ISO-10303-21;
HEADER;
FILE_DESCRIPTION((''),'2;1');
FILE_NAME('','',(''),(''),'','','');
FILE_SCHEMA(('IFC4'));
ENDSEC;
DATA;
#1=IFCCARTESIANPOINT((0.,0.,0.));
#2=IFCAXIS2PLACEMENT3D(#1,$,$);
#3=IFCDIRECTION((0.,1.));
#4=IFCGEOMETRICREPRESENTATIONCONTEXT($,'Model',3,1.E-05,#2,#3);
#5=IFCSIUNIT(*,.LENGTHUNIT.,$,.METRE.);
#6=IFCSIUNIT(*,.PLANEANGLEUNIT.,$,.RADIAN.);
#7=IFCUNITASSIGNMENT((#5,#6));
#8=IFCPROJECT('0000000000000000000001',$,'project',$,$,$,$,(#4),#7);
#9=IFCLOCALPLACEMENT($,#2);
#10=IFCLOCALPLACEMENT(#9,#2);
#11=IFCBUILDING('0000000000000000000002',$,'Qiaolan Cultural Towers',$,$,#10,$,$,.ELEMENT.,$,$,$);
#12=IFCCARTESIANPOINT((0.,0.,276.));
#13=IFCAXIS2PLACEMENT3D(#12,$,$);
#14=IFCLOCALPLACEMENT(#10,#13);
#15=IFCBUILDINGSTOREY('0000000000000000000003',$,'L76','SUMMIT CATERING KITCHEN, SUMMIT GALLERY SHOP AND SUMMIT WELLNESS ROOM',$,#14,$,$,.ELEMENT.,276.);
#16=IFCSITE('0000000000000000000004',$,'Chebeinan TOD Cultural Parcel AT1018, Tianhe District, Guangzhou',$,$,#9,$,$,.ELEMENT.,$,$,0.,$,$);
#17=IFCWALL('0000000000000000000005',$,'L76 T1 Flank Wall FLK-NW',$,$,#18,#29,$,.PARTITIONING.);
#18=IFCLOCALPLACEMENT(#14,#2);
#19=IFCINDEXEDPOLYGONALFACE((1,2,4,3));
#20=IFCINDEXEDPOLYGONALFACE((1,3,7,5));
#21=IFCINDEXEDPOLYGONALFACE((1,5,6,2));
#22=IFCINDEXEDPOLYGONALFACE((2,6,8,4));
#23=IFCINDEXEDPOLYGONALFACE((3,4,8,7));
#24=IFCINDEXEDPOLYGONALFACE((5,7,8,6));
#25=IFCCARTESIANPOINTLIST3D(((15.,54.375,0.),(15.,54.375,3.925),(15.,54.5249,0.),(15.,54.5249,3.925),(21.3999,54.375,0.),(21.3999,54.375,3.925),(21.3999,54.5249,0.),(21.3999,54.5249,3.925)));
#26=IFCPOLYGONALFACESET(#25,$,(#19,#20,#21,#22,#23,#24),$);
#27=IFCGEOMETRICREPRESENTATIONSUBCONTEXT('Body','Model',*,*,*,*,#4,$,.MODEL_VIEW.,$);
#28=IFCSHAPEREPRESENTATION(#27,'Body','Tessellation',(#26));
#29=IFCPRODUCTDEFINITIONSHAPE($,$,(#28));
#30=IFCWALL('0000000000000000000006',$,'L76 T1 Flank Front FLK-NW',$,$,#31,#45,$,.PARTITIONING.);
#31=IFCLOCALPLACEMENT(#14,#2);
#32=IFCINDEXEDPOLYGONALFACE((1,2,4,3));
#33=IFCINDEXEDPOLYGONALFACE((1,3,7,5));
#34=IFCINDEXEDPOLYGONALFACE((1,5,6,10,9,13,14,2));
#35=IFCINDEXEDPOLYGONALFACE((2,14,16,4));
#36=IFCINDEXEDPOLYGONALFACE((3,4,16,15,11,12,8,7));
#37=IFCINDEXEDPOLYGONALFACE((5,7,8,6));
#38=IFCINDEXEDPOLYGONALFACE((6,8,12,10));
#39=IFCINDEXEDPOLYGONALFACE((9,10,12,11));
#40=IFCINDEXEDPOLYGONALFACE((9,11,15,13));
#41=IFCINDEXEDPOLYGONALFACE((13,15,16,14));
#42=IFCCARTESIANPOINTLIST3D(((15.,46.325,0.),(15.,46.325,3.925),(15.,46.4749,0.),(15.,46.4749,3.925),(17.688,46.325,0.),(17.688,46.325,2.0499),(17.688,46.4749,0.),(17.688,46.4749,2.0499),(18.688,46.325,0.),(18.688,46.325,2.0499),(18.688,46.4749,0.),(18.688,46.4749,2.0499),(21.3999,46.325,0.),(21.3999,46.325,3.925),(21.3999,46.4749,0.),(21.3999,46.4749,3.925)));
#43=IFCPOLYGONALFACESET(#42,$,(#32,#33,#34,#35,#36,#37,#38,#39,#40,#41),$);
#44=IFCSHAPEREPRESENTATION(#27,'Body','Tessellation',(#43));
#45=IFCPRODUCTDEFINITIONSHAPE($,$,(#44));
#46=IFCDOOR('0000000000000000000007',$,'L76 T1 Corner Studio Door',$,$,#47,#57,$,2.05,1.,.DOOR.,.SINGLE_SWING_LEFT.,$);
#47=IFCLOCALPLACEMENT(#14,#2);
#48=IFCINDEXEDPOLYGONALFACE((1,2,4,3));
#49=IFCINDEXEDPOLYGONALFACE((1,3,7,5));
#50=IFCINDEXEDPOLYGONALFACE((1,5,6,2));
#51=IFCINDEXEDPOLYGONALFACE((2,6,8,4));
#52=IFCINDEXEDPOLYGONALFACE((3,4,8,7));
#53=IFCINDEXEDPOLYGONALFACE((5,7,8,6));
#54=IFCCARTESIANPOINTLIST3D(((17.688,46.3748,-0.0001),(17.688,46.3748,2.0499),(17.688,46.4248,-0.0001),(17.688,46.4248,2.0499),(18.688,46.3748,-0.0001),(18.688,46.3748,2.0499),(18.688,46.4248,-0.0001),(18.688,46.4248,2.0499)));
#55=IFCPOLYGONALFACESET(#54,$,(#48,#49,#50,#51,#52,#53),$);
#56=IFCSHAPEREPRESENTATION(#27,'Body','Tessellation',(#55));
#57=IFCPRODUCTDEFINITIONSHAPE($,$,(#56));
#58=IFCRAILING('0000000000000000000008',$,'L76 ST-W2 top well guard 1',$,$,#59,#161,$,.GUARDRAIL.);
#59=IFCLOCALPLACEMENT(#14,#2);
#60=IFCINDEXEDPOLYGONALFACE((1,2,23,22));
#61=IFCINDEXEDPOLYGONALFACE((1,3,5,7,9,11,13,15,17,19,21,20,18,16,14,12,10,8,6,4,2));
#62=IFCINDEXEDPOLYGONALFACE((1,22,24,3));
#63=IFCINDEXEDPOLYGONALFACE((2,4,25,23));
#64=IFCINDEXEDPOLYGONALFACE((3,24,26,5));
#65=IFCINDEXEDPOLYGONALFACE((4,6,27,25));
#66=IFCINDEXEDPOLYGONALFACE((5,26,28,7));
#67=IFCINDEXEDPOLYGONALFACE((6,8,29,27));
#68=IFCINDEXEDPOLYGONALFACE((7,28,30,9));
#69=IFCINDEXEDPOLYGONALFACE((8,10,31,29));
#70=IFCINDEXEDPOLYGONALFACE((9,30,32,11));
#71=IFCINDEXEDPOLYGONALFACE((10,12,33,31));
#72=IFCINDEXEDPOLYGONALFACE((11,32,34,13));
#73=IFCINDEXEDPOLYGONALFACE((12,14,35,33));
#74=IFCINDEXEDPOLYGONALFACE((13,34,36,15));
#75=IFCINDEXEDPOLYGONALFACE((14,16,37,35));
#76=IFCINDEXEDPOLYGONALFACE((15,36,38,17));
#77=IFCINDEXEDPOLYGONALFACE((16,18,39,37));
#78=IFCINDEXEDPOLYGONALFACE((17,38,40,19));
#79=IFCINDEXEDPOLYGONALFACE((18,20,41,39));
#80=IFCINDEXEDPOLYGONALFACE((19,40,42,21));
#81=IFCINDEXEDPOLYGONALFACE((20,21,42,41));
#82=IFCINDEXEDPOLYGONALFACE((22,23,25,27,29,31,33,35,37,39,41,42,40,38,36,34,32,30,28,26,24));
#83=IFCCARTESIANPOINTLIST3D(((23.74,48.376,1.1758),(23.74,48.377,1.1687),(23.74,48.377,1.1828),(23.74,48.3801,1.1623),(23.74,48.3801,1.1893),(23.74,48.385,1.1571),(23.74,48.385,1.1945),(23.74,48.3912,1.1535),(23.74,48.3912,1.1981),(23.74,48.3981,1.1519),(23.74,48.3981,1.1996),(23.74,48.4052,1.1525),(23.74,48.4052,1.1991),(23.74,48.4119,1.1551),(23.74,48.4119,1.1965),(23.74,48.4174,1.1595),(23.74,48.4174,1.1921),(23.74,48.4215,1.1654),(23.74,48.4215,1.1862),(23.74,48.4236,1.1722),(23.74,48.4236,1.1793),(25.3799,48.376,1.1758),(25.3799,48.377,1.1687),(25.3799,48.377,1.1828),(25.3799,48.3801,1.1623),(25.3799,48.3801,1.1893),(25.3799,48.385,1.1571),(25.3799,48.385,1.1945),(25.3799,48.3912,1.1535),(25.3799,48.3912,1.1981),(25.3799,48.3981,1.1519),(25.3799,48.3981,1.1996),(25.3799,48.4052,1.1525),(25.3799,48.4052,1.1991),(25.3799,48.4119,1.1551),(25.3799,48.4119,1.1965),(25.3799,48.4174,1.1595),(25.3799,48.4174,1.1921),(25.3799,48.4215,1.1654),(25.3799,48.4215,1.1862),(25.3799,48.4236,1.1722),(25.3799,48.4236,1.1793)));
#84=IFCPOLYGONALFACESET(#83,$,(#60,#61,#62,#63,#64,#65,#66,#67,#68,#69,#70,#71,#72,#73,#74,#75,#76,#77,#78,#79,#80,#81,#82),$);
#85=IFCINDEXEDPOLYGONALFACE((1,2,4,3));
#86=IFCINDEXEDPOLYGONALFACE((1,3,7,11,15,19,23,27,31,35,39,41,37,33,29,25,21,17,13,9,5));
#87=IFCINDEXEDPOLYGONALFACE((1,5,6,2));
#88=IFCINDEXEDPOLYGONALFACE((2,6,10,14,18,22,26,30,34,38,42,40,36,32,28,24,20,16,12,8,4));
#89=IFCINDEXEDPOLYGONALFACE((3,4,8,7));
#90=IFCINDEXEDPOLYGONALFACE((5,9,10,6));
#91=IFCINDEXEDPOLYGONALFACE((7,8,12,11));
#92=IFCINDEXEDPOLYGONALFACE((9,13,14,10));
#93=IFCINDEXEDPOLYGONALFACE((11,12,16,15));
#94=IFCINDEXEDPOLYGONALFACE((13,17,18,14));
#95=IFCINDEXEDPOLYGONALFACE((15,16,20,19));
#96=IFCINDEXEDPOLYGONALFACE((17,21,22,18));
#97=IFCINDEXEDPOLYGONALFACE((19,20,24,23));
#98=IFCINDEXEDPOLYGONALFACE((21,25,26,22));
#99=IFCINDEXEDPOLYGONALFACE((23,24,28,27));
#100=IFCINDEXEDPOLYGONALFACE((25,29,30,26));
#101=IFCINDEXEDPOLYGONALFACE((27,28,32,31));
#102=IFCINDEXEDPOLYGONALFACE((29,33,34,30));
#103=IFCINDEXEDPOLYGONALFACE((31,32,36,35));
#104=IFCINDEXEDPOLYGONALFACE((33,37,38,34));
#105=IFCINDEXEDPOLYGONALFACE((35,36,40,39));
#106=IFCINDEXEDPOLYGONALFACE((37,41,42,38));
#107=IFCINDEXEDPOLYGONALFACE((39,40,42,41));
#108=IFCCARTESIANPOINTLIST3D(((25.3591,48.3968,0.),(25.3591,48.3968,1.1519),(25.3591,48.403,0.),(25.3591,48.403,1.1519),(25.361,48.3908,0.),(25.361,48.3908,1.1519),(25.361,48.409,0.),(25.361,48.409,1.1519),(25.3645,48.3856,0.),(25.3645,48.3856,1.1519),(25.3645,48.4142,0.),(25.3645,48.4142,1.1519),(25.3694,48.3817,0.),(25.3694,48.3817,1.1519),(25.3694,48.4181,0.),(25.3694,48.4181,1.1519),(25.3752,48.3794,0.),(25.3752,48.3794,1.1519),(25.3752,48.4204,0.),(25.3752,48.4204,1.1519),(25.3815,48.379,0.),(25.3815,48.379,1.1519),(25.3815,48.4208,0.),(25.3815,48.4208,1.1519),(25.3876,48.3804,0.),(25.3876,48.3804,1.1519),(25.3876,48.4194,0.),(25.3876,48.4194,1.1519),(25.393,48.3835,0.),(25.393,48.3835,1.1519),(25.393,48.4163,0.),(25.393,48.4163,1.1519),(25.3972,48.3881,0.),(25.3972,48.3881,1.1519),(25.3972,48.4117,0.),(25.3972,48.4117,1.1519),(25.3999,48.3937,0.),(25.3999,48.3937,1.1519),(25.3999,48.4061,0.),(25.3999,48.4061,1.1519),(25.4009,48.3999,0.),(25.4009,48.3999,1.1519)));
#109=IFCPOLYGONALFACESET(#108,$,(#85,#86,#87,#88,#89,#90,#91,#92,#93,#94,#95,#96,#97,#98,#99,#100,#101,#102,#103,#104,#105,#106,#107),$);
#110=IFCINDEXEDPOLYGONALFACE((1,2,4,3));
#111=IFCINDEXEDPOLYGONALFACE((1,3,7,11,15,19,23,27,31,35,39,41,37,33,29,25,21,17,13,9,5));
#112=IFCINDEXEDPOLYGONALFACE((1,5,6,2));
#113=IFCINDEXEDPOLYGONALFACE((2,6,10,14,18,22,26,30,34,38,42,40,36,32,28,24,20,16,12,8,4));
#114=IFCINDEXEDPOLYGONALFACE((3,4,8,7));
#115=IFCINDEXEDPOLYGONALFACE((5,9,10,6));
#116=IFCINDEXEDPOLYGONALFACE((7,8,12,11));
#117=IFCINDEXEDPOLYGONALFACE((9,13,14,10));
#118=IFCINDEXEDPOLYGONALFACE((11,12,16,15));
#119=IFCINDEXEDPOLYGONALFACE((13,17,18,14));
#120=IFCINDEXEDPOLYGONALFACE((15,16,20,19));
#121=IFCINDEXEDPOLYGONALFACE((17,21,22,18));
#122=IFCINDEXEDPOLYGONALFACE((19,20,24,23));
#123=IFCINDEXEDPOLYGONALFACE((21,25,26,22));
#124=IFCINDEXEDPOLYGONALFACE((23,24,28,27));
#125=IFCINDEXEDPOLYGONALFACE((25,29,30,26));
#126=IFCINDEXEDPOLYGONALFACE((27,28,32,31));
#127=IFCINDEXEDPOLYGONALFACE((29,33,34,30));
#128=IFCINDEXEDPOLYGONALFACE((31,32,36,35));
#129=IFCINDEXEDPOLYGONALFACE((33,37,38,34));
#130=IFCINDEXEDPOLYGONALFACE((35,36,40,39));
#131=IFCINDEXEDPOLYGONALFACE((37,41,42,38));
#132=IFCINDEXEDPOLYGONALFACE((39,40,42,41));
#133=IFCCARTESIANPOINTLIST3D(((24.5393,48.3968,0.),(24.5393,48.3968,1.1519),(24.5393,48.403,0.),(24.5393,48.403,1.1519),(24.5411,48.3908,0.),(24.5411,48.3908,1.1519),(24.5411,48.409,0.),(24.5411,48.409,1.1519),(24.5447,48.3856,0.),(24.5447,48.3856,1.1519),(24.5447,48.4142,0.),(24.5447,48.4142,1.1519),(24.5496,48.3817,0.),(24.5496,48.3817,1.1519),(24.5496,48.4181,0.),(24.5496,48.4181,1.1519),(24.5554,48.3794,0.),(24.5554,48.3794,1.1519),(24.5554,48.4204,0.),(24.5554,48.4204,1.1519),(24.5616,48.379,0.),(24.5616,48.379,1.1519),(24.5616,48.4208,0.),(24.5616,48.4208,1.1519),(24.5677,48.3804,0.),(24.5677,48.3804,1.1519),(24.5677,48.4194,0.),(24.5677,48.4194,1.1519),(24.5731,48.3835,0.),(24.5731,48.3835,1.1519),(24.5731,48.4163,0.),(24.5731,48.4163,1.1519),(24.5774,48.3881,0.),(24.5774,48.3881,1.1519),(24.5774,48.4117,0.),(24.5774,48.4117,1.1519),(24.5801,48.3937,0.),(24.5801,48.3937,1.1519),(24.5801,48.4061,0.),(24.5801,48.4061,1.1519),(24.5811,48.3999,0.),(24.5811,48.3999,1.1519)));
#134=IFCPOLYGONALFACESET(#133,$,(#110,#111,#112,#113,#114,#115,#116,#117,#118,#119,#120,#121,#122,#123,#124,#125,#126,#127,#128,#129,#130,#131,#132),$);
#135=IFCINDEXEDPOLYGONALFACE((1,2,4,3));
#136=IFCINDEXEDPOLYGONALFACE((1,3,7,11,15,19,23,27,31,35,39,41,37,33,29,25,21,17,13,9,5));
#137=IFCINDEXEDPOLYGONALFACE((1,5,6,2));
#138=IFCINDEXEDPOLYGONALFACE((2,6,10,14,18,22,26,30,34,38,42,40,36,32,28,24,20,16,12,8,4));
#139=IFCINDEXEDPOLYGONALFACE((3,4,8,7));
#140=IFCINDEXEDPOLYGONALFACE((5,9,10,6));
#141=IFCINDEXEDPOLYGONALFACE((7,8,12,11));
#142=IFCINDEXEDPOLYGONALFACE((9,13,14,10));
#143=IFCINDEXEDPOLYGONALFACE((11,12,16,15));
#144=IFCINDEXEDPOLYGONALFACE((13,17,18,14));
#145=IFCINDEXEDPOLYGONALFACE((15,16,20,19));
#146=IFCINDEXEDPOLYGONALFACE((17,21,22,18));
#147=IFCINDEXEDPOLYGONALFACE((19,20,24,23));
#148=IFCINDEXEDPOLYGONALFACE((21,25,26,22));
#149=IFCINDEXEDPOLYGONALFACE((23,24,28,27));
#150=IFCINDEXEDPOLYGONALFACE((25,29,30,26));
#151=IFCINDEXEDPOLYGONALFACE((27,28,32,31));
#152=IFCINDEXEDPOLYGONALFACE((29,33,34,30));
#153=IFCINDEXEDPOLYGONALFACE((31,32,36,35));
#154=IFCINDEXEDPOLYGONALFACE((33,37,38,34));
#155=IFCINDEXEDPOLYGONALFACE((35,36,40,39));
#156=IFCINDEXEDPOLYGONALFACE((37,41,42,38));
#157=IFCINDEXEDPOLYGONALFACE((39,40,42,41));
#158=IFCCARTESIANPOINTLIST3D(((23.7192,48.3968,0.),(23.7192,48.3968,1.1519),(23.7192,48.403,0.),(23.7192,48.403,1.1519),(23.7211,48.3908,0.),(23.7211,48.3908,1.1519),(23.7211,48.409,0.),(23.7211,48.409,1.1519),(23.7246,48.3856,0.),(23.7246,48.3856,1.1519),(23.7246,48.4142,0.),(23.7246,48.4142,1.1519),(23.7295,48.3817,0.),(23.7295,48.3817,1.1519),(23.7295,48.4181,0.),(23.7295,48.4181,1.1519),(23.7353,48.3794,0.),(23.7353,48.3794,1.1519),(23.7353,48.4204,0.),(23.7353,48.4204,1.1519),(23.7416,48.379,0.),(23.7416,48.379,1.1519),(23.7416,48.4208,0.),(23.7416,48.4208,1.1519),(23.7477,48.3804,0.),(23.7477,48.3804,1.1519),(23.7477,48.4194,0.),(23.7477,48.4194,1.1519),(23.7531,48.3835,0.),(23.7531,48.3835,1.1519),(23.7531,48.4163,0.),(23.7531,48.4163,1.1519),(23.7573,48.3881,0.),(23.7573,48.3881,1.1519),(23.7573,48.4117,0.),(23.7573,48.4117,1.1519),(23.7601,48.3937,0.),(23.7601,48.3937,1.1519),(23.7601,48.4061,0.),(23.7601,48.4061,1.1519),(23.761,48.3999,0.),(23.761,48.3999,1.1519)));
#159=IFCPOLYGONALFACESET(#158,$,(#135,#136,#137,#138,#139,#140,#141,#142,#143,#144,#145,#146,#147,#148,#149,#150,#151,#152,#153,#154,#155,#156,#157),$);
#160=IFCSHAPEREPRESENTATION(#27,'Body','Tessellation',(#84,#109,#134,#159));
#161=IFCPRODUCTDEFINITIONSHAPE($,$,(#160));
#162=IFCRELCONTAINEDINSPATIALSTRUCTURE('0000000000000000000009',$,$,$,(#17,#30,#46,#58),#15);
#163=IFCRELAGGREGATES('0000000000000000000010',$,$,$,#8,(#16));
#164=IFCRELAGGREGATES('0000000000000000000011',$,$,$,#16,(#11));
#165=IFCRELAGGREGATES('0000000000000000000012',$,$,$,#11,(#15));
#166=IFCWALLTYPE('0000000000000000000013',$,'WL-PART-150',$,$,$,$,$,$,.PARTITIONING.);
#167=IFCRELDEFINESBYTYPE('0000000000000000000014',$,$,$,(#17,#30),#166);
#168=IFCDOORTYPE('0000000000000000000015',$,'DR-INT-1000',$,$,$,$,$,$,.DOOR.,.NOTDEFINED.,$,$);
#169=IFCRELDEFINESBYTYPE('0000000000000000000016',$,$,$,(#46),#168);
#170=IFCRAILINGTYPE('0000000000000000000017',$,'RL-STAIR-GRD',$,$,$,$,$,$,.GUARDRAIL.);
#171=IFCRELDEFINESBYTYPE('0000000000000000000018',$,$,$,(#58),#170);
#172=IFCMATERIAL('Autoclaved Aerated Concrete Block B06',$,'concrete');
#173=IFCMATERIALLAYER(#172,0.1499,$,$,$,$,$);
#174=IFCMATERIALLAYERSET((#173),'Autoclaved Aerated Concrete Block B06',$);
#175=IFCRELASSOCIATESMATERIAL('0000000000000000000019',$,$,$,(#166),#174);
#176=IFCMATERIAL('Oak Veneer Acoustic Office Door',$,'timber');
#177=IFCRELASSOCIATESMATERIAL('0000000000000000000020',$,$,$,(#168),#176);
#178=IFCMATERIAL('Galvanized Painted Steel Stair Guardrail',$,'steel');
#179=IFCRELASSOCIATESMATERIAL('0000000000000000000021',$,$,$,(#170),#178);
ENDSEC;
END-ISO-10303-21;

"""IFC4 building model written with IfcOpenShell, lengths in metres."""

from ifc_helpers import new_model, si_unit, direction, frame, frame_2d, origin, origin_2d, place, context, subcontext, project, spatial, rectangle, circle, extrude, material, layer, layer_set, type_object, element, fill, save


model = new_model("IFC4")

# Units and contexts
model_context = context("Model", 3, precision=1e-05, world=origin(), true_north=direction((0.0, 1.0)))
body_context = subcontext(model_context, "Body", "Model", "MODEL_VIEW")
ifc_project = project(units=[si_unit("LENGTHUNIT", "METRE"), si_unit("PLANEANGLEUNIT", "RADIAN")], contexts=[model_context])

# Site, building, storey
site_placement = place(None, origin())
site = spatial("IfcSite", under=ifc_project, at=site_placement, Name="Chebeinan TOD Cultural Parcel AT1018, Tianhe District, Guangzhou", CompositionType="ELEMENT", RefElevation=0.0)
building_placement = place(site_placement, origin())
building = spatial("IfcBuilding", under=site, at=building_placement, Name="Qiaolan Cultural Towers", CompositionType="ELEMENT")
storey_placement = place(building_placement, frame((0.0, 0.0, 276.0)))
storey = spatial("IfcBuildingStorey", under=building, at=storey_placement, Name="L76", Description="SUMMIT CATERING KITCHEN, SUMMIT GALLERY SHOP AND SUMMIT WELLNESS ROOM", CompositionType="ELEMENT", Elevation=276.0)

# Wall
ifc_material_1 = material(Name="Autoclaved Aerated Concrete Block B06", Category="concrete")
ifc_layer_1 = layer(ifc_material_1, 0.1499)
ifc_layer_set_1 = layer_set([ifc_layer_1], Name="Autoclaved Aerated Concrete Block B06")
wall_type_1 = type_object("IfcWallType", Name="WL-PART-150", PredefinedType="PARTITIONING", material=ifc_layer_set_1)
wall_1_placement = place(storey_placement, frame((15.0, 54.45, 0.0), z_axis=(0.0, 0.0, 1.0), x_axis=(1.0, 0.0, 0.0)))
element("IfcWall", 1, at=wall_1_placement, inside=storey, type_object=wall_type_1, Name="L76 T1 Flank Wall FLK-NW", PredefinedType="PARTITIONING", context=body_context, shape_type="SweptSolid", body=[
    extrude(rectangle(XDim=6.3999, YDim=0.1499, at=frame_2d((3.2, 0.0))), origin(), (0.0, 0.0, 1.0), 3.925),
])

# Wall, opening, door
wall_2_placement = place(storey_placement, frame((15.0, 46.3999, 0.0), z_axis=(0.0, 0.0, 1.0), x_axis=(1.0, 0.0, 0.0)))
wall_2 = element("IfcWall", 2, at=wall_2_placement, inside=storey, type_object=wall_type_1, Name="L76 T1 Flank Front FLK-NW", PredefinedType="PARTITIONING", context=body_context, shape_type="SweptSolid", body=[
    extrude(rectangle(XDim=6.3999, YDim=0.1499, at=frame_2d((3.2, 0.0))), origin(), (0.0, 0.0, 1.0), 3.925),
])
opening_1_placement = place(wall_2_placement, frame((2.688, 0.0, 0.0)))
opening_1 = element("IfcOpeningElement", 3, at=opening_1_placement, cuts=wall_2, PredefinedType="OPENING", context=body_context, shape_type="SweptSolid", body=[
    extrude(rectangle(XDim=1.0, YDim=2.05, at=frame_2d((0.5, 1.0249))), frame((0.0, 0.085, 0.0), z_axis=(0.0, -1.0, 0.0), x_axis=(1.0, 0.0, 0.0)), (0.0, 0.0, 1.0), 0.1699),
])
ifc_material_2 = material(Name="Oak Veneer Acoustic Office Door", Category="timber")
door_type_1 = type_object("IfcDoorType", Name="DR-INT-1000", OperationType="NOTDEFINED", PredefinedType="DOOR", material=ifc_material_2)
door_1_placement = place(opening_1_placement, origin())
door_1 = element("IfcDoor", 4, at=door_1_placement, inside=storey, type_object=door_type_1, Name="L76 T1 Corner Studio Door", OperationType="SINGLE_SWING_LEFT", OverallHeight=2.05, OverallWidth=1.0, PredefinedType="DOOR", context=body_context, shape_type="SweptSolid", body=[
    extrude(rectangle(XDim=1.0, YDim=2.05, at=frame_2d((0.5, 1.0249))), frame((0.0, 0.0249, 0.0), z_axis=(0.0, -1.0, 0.0), x_axis=(1.0, 0.0, 0.0)), (0.0, 0.0, 1.0), 0.05),
])
fill(opening_1, door_1)

# Railing
ifc_material_3 = material(Name="Galvanized Painted Steel Stair Guardrail", Category="steel")
railing_type = type_object("IfcRailingType", Name="RL-STAIR-GRD", PredefinedType="GUARDRAIL", material=ifc_material_3)
railing_placement = place(storey_placement, frame((25.3799, 48.3999, 0.0)))
element("IfcRailing", 5, at=railing_placement, inside=storey, type_object=railing_type, Name="L76 ST-W2 top well guard 1", PredefinedType="GUARDRAIL", context=body_context, shape_type="SweptSolid", body=[
    extrude(circle(Radius=0.0239, at=origin_2d()), frame((0.0, 0.0, 1.1758), z_axis=(-1.0, 0.0, 0.0), x_axis=(0.0, -1.0, 0.0)), (0.0, 0.0, 1.0), 1.6399),
    extrude(circle(Radius=0.021, at=origin_2d()), origin(), (0.0, 0.0, 1.0), 1.1519),
    extrude(circle(Radius=0.021, at=origin_2d()), frame((-0.8198, 0.0, 0.0)), (0.0, 0.0, 1.0), 1.1519),
    extrude(circle(Radius=0.021, at=origin_2d()), frame((-1.6399, 0.0, 0.0)), (0.0, 0.0, 1.0), 1.1519),
])

save(model, "model.ifc")
